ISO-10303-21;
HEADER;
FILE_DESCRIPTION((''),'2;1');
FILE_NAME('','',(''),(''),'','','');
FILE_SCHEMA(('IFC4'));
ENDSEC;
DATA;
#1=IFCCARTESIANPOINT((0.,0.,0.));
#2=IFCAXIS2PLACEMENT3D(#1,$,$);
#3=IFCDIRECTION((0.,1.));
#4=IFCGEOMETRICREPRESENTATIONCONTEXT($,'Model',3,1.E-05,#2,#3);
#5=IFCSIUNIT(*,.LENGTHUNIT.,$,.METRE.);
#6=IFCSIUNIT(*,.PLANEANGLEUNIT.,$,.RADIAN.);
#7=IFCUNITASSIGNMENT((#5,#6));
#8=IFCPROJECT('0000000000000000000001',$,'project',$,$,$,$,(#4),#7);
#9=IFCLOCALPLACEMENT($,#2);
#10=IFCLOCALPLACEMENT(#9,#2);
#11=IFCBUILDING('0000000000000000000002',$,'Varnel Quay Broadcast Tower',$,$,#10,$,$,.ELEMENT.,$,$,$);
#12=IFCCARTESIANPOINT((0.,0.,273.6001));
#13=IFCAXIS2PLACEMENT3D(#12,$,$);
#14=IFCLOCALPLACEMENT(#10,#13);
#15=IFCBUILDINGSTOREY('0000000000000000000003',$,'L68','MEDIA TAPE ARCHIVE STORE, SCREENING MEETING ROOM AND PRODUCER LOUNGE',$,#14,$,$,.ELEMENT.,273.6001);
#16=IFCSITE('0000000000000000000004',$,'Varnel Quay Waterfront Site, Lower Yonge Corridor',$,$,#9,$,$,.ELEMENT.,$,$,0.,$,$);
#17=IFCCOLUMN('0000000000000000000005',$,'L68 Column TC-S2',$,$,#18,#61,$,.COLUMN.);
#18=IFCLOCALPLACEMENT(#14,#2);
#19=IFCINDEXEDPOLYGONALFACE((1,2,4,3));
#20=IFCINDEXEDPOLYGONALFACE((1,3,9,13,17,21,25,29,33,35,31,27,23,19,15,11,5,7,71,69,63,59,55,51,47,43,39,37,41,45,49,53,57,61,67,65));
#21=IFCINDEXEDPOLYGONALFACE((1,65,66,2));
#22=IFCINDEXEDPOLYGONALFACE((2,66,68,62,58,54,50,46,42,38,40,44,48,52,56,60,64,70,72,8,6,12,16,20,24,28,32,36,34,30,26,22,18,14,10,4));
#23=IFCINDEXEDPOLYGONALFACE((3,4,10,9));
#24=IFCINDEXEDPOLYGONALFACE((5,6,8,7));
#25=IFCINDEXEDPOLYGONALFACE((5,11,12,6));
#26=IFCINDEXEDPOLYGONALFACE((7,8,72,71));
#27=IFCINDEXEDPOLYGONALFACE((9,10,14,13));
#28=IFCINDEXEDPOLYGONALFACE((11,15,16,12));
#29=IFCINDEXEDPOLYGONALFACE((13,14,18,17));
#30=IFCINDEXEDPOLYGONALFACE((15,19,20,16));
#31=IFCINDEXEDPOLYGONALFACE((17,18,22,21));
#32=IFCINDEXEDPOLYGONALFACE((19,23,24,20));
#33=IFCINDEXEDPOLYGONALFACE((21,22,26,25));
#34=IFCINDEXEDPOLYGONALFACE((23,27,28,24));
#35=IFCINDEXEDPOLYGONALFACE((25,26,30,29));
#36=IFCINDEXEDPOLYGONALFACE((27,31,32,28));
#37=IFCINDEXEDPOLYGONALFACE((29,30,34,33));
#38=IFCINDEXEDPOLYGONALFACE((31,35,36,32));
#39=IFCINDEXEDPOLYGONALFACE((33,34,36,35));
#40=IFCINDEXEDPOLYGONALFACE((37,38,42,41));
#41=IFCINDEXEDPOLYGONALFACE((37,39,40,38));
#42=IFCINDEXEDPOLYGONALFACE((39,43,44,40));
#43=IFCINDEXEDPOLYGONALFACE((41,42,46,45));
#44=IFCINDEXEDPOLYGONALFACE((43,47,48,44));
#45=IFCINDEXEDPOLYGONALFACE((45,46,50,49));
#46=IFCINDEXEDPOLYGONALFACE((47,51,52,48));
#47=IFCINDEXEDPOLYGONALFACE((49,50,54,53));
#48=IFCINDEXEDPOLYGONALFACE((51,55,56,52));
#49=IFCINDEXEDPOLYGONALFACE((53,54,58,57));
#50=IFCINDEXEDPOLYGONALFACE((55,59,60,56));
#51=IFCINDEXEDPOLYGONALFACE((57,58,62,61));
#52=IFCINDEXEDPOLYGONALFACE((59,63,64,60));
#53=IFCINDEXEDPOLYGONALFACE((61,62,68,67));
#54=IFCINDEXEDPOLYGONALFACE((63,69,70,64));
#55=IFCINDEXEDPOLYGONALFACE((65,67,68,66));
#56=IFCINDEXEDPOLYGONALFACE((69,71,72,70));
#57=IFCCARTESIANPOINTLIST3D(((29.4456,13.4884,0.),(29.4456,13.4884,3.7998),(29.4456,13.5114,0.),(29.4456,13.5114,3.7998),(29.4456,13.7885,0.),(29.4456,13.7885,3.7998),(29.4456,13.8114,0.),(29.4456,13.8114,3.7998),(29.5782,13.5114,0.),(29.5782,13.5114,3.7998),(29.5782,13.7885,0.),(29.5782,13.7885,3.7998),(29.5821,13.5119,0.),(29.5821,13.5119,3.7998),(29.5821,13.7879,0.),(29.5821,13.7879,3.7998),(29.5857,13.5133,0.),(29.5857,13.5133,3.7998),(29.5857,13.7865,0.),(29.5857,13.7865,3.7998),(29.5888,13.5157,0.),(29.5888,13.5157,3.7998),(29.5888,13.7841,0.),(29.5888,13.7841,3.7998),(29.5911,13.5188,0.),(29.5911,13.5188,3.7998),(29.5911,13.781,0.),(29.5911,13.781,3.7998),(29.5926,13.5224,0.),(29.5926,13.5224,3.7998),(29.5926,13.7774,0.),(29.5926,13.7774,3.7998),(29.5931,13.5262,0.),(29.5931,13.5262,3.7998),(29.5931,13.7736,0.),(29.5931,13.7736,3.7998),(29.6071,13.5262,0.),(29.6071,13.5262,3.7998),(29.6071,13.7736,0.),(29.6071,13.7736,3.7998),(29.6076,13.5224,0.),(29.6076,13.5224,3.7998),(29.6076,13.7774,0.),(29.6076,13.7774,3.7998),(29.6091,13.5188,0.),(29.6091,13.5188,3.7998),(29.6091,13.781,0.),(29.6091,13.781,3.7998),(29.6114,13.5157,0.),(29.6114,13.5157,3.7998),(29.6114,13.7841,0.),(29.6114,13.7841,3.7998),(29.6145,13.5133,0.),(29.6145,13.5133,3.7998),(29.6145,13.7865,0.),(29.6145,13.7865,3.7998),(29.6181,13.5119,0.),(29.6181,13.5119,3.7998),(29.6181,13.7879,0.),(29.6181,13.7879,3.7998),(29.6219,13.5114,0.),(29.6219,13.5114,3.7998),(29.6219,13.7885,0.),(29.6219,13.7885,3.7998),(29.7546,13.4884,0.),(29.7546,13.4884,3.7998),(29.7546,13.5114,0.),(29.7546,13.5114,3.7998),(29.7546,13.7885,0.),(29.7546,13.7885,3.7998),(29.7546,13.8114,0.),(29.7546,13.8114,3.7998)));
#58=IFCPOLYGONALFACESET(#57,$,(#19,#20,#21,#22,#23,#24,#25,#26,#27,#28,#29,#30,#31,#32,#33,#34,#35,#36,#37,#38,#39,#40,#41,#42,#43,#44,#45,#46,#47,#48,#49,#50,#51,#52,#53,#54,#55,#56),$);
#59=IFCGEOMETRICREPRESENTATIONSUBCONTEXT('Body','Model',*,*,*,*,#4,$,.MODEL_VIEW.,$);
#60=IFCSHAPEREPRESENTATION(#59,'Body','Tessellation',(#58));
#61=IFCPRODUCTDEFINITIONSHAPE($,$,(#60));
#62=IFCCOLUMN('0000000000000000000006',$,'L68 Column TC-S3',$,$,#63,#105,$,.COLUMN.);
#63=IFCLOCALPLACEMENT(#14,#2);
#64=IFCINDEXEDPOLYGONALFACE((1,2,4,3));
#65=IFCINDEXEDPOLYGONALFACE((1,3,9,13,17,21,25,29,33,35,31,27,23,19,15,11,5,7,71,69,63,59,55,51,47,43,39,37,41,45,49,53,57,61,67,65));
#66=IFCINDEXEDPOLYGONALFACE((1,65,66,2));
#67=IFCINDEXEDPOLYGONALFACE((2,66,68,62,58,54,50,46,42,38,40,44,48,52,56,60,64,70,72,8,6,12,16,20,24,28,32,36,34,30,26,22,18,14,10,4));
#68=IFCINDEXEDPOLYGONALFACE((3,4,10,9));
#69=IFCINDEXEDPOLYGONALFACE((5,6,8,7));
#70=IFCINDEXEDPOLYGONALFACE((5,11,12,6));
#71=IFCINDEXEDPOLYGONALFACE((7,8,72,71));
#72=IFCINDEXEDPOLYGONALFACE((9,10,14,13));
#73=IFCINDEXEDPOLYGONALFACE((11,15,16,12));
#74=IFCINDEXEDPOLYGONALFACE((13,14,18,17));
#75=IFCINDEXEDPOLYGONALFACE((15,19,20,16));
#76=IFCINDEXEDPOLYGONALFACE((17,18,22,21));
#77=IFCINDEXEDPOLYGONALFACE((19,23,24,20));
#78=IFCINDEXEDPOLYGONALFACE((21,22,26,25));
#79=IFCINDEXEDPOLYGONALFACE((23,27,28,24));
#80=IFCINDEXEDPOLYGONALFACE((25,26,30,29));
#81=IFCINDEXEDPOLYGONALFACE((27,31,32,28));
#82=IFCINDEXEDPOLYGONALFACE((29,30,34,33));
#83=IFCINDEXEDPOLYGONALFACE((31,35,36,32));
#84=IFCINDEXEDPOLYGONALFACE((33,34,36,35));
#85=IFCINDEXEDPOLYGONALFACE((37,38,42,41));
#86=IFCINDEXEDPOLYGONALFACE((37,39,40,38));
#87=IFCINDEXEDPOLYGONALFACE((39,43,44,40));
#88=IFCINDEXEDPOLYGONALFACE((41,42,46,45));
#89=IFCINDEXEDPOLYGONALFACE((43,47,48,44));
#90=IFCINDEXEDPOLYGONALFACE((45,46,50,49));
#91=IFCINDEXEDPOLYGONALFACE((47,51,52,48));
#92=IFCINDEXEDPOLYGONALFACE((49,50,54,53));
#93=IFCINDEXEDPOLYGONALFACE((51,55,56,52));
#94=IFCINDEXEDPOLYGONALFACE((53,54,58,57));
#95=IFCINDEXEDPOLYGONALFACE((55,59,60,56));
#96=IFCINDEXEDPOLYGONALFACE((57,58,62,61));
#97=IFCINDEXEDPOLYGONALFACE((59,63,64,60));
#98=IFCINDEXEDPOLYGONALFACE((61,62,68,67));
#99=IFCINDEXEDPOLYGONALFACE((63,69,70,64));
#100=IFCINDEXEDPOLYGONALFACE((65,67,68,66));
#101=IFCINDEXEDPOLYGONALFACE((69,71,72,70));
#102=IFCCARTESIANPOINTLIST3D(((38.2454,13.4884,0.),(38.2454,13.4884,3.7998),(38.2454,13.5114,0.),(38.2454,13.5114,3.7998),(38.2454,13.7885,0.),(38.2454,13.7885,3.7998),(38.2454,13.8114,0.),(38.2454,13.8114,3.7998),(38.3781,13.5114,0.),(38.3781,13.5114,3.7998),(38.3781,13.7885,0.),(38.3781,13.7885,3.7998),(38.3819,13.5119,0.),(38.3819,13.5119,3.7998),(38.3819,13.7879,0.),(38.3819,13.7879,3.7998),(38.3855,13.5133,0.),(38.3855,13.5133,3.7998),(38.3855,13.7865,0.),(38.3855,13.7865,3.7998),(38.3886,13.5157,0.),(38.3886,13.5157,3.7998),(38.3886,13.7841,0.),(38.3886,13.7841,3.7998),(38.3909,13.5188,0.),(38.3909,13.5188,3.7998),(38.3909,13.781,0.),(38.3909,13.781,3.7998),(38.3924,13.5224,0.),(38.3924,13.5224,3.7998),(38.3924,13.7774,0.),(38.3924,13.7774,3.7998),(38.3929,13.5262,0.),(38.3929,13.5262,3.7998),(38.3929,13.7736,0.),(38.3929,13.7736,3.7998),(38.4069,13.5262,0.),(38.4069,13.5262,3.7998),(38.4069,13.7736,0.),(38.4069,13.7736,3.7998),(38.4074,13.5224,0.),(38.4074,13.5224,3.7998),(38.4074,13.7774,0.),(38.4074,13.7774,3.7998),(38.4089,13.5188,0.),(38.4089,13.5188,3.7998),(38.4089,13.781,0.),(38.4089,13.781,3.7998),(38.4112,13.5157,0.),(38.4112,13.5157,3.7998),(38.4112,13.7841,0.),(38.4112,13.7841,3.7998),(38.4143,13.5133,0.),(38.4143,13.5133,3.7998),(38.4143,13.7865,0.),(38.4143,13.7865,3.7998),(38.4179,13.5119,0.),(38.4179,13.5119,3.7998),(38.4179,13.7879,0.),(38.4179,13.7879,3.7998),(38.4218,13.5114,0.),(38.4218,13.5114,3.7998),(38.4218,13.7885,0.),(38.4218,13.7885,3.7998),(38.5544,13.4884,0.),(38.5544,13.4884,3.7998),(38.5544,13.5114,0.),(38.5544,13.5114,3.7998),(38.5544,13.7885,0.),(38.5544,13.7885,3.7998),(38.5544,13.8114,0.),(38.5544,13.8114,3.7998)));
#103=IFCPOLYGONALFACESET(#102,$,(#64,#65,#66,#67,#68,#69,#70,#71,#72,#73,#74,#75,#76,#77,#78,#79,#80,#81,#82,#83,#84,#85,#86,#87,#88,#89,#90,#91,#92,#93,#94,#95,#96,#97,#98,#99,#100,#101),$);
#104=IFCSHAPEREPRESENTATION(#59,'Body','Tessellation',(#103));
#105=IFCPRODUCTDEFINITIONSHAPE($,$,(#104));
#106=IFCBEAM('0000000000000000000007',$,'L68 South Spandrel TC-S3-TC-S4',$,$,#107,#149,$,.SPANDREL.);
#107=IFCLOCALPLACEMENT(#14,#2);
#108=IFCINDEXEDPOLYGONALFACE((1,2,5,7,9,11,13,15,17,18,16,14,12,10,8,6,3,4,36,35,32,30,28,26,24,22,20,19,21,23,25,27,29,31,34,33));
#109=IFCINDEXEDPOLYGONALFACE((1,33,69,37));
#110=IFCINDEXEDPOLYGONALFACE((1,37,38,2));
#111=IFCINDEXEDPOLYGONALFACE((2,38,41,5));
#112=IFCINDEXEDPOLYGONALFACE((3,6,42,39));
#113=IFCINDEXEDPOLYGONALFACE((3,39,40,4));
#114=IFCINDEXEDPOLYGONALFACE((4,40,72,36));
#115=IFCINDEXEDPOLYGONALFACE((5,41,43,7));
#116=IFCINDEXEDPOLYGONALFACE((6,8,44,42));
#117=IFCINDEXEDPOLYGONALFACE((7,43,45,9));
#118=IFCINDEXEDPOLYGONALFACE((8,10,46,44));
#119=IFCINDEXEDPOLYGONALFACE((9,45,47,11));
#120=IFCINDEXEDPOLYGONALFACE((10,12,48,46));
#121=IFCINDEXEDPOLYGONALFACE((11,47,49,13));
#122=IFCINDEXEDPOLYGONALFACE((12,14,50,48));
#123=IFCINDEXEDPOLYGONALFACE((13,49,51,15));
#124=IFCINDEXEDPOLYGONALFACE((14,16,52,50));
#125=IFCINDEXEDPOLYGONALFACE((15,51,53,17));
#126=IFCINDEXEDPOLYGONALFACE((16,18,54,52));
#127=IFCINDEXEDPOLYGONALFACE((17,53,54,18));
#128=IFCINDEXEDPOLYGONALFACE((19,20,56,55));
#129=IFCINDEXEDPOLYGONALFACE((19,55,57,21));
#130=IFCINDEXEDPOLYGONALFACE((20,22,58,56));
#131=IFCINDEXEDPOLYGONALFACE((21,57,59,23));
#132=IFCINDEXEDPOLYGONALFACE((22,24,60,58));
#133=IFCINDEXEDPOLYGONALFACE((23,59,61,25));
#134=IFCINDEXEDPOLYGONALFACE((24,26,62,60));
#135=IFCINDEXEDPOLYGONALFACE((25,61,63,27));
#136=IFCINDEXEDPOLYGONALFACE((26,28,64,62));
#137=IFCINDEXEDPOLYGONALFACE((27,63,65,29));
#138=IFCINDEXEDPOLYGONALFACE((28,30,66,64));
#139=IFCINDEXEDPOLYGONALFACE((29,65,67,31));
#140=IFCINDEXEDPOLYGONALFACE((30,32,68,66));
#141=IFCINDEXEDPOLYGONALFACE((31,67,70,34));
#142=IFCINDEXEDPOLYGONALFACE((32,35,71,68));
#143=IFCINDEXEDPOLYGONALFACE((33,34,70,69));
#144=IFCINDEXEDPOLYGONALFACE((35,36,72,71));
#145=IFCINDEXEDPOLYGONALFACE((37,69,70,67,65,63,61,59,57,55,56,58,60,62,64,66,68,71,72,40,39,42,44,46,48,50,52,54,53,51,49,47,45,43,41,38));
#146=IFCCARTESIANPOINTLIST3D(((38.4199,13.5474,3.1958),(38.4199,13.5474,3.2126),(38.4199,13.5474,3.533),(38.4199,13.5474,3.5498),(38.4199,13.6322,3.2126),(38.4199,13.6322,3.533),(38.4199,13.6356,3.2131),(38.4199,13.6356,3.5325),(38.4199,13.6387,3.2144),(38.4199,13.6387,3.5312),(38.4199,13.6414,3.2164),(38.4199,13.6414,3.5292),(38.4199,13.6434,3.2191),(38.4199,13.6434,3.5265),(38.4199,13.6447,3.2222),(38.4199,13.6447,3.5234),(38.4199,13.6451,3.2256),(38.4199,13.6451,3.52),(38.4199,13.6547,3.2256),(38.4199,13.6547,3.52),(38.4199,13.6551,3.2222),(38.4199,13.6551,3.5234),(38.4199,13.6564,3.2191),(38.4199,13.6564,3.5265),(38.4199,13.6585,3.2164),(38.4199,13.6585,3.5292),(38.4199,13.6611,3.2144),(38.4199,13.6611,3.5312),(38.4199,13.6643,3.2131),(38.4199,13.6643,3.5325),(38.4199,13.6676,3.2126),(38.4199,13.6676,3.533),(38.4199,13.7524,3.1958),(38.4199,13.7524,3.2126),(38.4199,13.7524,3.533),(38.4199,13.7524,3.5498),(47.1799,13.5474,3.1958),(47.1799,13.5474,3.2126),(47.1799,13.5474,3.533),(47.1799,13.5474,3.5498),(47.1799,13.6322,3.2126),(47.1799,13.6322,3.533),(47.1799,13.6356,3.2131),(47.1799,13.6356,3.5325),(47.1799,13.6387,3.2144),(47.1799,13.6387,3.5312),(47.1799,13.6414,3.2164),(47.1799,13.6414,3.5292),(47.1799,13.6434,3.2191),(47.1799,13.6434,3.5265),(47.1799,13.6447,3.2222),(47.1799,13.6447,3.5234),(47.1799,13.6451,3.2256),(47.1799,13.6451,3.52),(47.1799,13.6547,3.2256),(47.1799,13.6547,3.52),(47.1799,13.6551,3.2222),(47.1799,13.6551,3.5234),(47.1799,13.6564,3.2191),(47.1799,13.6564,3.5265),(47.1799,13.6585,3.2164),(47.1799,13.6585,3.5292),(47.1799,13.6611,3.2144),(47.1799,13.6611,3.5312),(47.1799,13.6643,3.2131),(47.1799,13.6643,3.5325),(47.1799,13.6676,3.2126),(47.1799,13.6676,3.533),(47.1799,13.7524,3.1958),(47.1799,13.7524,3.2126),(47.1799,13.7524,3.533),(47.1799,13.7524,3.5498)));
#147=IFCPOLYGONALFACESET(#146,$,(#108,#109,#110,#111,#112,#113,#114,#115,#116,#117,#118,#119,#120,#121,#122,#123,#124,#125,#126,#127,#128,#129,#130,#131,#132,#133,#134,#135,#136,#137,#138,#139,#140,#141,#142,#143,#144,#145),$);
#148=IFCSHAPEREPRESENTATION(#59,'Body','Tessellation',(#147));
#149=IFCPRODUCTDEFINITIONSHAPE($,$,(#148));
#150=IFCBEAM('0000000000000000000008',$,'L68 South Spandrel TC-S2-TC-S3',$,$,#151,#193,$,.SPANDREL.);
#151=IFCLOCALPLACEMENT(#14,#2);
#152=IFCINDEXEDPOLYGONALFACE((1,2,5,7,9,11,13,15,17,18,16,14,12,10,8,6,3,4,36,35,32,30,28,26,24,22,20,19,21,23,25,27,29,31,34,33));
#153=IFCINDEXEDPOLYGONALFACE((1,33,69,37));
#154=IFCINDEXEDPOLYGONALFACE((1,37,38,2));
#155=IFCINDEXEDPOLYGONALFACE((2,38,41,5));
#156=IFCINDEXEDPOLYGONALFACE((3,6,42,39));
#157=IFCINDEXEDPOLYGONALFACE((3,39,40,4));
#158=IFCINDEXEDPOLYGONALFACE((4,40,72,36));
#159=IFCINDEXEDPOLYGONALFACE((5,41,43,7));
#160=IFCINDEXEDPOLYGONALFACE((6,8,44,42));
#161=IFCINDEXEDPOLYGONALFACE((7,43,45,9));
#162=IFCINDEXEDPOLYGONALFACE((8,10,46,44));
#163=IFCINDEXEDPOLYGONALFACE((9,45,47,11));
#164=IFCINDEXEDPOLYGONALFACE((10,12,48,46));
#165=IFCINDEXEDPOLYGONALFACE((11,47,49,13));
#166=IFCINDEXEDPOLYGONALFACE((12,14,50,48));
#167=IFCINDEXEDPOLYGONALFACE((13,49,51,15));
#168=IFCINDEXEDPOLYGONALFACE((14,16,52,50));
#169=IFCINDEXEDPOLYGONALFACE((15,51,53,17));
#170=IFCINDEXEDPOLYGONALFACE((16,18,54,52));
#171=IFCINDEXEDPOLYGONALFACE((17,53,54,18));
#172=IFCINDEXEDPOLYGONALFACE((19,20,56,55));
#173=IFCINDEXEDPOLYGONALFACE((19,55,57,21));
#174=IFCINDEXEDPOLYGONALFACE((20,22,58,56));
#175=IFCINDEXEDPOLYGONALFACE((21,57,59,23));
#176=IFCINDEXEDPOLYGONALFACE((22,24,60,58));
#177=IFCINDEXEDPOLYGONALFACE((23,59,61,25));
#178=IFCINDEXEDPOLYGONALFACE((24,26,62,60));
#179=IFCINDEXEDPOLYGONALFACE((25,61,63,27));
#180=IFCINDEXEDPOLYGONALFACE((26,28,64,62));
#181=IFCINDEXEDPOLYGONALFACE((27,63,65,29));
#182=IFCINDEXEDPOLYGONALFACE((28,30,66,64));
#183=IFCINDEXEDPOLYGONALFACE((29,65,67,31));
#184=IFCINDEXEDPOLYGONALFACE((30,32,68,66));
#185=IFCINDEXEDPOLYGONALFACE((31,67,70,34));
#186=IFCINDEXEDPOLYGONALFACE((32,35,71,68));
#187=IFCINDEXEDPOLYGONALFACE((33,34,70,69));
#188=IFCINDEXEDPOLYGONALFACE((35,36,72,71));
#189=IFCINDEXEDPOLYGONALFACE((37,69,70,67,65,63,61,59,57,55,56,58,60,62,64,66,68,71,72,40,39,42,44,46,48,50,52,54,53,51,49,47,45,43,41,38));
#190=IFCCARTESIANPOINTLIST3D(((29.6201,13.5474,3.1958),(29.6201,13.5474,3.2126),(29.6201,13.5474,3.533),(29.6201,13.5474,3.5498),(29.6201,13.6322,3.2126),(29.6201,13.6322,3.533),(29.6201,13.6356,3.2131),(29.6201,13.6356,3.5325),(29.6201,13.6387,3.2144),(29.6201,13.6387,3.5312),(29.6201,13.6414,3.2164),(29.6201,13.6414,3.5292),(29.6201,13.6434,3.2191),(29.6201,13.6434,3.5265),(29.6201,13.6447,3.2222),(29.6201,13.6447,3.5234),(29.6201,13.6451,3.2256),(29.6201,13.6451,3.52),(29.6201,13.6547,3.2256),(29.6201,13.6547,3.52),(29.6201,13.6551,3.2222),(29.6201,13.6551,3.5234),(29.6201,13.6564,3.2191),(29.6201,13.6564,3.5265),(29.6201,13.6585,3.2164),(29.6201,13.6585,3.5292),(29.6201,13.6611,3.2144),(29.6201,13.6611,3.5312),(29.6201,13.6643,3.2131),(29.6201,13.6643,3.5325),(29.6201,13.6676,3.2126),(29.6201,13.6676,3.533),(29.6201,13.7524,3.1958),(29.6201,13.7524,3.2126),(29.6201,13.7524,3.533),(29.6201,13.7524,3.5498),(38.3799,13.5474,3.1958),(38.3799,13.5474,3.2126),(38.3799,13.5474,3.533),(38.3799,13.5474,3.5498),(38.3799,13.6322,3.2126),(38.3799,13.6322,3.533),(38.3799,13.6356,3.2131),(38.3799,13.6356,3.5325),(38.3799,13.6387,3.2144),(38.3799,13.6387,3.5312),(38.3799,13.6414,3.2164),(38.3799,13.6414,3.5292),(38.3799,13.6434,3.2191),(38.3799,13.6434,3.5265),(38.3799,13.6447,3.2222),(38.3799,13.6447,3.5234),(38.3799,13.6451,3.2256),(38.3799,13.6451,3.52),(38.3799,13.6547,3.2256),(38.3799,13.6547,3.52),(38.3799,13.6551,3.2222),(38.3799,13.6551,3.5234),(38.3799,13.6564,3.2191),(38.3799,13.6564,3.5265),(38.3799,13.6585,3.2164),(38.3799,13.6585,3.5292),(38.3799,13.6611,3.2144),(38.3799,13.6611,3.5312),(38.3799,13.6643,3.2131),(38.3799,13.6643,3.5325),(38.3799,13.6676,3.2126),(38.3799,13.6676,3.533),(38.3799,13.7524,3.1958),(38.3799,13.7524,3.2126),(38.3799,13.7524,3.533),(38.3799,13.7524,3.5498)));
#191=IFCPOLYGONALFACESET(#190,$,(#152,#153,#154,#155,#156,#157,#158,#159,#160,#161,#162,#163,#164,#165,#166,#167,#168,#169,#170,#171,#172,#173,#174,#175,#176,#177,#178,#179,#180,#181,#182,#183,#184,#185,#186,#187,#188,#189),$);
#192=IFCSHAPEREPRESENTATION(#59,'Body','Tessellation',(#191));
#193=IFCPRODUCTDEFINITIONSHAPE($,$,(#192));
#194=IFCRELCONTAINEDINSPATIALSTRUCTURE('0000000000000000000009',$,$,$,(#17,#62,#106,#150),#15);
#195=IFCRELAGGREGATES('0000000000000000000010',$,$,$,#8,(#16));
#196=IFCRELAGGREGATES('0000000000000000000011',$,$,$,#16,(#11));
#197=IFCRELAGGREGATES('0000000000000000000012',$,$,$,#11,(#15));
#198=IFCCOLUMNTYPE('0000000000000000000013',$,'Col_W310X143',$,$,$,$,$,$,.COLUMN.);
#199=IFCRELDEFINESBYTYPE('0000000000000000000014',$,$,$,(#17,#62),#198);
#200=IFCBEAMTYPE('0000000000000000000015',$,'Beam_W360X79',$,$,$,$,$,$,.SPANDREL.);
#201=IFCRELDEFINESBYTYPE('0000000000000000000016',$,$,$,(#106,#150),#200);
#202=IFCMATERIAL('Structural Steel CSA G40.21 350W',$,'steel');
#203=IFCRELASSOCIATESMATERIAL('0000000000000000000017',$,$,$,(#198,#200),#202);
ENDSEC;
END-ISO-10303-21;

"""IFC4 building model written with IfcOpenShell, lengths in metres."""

from ifc_helpers import new_model, si_unit, direction, frame, origin, origin_2d, place, context, subcontext, project, spatial, i_section, extrude, source, transform, mapped, material, material_profile, profile_set, type_object, type_shapes, element, save


model = new_model("IFC4")

# Units and contexts
model_context = context("Model", 3, precision=1e-05, world=origin(), true_north=direction((0.0, 1.0)))
body_context = subcontext(model_context, "Body", "Model", "MODEL_VIEW")
ifc_project = project(units=[si_unit("LENGTHUNIT", "METRE"), si_unit("PLANEANGLEUNIT", "RADIAN")], contexts=[model_context])

# Site, building, storey
site_placement = place(None, origin())
site = spatial("IfcSite", under=ifc_project, at=site_placement, Name="Varnel Quay Waterfront Site, Lower Yonge Corridor", CompositionType="ELEMENT", RefElevation=0.0)
building_placement = place(site_placement, origin())
building = spatial("IfcBuilding", under=site, at=building_placement, Name="Varnel Quay Broadcast Tower", CompositionType="ELEMENT")
storey_placement = place(building_placement, frame((0.0, 0.0, 273.6001)))
storey = spatial("IfcBuildingStorey", under=building, at=storey_placement, Name="L68", Description="MEDIA TAPE ARCHIVE STORE, SCREENING MEETING ROOM AND PRODUCER LOUNGE", CompositionType="ELEMENT", Elevation=273.6001)

# Columns
ifc_material_1 = material(Name="Structural Steel CSA G40.21 350W", Category="steel")
ifc_material_profile_1 = material_profile(ifc_material_1, i_section(OverallWidth=0.3091, OverallDepth=0.323, WebThickness=0.0139, FlangeThickness=0.0229, FilletRadius=0.0149, at=origin_2d()), Name="W310X143")
ifc_profile_set_1 = profile_set([ifc_material_profile_1], Name="Structural Steel CSA G40.21 350W")
column_type = type_object("IfcColumnType", Name="Col_W310X143", PredefinedType="COLUMN", material=ifc_profile_set_1)
shared_shape_1 = source(origin(), body_context, "Body", "SweptSolid", [
    extrude(i_section(OverallWidth=0.3091, OverallDepth=0.323, WebThickness=0.0139, FlangeThickness=0.0229, FilletRadius=0.0149, at=origin_2d()), origin(), (0.0, 0.0, 1.0), 3.7998),
])
type_shapes(column_type, [shared_shape_1])
for number, where, z_axis, x_axis, name in (
    (1, (29.6001, 13.6499, 0.0), (0.0, 0.0, 1.0), (1.0, 0.0, 0.0), "L68 Column TC-S2"),
    (2, (38.3999, 13.6499, 0.0), (0.0, 0.0, 1.0), (1.0, 0.0, 0.0), "L68 Column TC-S3"),
):
    element("IfcColumn", number, at=place(storey_placement, frame(where, z_axis=z_axis, x_axis=x_axis)), inside=storey, type_object=column_type, Name=name, PredefinedType="COLUMN", context=body_context, shape_type="MappedRepresentation", body=[
        mapped(shared_shape_1, transform((0.0, 0.0, 0.0), x_axis=(1.0, 0.0, 0.0), y_axis=(0.0, 1.0, 0.0), z_axis=(0.0, 0.0, 1.0), scale=1.0)),
    ])

# Beams
ifc_material_profile_2 = material_profile(ifc_material_1, i_section(OverallWidth=0.2051, OverallDepth=0.354, WebThickness=0.0095, FlangeThickness=0.0168, FilletRadius=0.0129, at=origin_2d()), Name="W360X79")
ifc_profile_set_2 = profile_set([ifc_material_profile_2], Name="Structural Steel CSA G40.21 350W")
beam_type_1 = type_object("IfcBeamType", Name="Beam_W360X79", PredefinedType="SPANDREL", material=ifc_profile_set_2)
shared_shape_2 = source(origin(), body_context, "Body", "SweptSolid", [
    extrude(i_section(OverallWidth=0.2051, OverallDepth=0.354, WebThickness=0.0095, FlangeThickness=0.0168, FilletRadius=0.0129, at=origin_2d()), origin(), (0.0, 0.0, 1.0), 8.76),
])
beam_1_placement = place(storey_placement, frame((38.4199, 13.6499, 3.3728), z_axis=(1.0, 0.0, 0.0), x_axis=(0.0, 1.0, 0.0)))
element("IfcBeam", 3, at=beam_1_placement, inside=storey, type_object=beam_type_1, Name="L68 South Spandrel TC-S3-TC-S4", PredefinedType="SPANDREL", context=body_context, shape_type="MappedRepresentation", body=[
    mapped(shared_shape_2, transform((0.0, 0.0, 0.0), x_axis=(1.0, 0.0, 0.0), y_axis=(0.0, 1.0, 0.0), z_axis=(0.0, 0.0, 1.0), scale=1.0)),
])
shared_shape_3 = source(origin(), body_context, "Body", "SweptSolid", [
    extrude(i_section(OverallWidth=0.2051, OverallDepth=0.354, WebThickness=0.0095, FlangeThickness=0.0168, FilletRadius=0.0129, at=origin_2d()), origin(), (0.0, 0.0, 1.0), 8.7598),
])
type_shapes(beam_type_1, [shared_shape_2, shared_shape_3])
beam_2_placement = place(storey_placement, frame((29.6201, 13.6499, 3.3728), z_axis=(1.0, 0.0, 0.0), x_axis=(0.0, 1.0, 0.0)))
element("IfcBeam", 4, at=beam_2_placement, inside=storey, type_object=beam_type_1, Name="L68 South Spandrel TC-S2-TC-S3", PredefinedType="SPANDREL", context=body_context, shape_type="MappedRepresentation", body=[
    mapped(shared_shape_3, transform((0.0, 0.0, 0.0), x_axis=(1.0, 0.0, 0.0), y_axis=(0.0, 1.0, 0.0), z_axis=(0.0, 0.0, 1.0), scale=1.0)),
])

save(model, "model.ifc")
